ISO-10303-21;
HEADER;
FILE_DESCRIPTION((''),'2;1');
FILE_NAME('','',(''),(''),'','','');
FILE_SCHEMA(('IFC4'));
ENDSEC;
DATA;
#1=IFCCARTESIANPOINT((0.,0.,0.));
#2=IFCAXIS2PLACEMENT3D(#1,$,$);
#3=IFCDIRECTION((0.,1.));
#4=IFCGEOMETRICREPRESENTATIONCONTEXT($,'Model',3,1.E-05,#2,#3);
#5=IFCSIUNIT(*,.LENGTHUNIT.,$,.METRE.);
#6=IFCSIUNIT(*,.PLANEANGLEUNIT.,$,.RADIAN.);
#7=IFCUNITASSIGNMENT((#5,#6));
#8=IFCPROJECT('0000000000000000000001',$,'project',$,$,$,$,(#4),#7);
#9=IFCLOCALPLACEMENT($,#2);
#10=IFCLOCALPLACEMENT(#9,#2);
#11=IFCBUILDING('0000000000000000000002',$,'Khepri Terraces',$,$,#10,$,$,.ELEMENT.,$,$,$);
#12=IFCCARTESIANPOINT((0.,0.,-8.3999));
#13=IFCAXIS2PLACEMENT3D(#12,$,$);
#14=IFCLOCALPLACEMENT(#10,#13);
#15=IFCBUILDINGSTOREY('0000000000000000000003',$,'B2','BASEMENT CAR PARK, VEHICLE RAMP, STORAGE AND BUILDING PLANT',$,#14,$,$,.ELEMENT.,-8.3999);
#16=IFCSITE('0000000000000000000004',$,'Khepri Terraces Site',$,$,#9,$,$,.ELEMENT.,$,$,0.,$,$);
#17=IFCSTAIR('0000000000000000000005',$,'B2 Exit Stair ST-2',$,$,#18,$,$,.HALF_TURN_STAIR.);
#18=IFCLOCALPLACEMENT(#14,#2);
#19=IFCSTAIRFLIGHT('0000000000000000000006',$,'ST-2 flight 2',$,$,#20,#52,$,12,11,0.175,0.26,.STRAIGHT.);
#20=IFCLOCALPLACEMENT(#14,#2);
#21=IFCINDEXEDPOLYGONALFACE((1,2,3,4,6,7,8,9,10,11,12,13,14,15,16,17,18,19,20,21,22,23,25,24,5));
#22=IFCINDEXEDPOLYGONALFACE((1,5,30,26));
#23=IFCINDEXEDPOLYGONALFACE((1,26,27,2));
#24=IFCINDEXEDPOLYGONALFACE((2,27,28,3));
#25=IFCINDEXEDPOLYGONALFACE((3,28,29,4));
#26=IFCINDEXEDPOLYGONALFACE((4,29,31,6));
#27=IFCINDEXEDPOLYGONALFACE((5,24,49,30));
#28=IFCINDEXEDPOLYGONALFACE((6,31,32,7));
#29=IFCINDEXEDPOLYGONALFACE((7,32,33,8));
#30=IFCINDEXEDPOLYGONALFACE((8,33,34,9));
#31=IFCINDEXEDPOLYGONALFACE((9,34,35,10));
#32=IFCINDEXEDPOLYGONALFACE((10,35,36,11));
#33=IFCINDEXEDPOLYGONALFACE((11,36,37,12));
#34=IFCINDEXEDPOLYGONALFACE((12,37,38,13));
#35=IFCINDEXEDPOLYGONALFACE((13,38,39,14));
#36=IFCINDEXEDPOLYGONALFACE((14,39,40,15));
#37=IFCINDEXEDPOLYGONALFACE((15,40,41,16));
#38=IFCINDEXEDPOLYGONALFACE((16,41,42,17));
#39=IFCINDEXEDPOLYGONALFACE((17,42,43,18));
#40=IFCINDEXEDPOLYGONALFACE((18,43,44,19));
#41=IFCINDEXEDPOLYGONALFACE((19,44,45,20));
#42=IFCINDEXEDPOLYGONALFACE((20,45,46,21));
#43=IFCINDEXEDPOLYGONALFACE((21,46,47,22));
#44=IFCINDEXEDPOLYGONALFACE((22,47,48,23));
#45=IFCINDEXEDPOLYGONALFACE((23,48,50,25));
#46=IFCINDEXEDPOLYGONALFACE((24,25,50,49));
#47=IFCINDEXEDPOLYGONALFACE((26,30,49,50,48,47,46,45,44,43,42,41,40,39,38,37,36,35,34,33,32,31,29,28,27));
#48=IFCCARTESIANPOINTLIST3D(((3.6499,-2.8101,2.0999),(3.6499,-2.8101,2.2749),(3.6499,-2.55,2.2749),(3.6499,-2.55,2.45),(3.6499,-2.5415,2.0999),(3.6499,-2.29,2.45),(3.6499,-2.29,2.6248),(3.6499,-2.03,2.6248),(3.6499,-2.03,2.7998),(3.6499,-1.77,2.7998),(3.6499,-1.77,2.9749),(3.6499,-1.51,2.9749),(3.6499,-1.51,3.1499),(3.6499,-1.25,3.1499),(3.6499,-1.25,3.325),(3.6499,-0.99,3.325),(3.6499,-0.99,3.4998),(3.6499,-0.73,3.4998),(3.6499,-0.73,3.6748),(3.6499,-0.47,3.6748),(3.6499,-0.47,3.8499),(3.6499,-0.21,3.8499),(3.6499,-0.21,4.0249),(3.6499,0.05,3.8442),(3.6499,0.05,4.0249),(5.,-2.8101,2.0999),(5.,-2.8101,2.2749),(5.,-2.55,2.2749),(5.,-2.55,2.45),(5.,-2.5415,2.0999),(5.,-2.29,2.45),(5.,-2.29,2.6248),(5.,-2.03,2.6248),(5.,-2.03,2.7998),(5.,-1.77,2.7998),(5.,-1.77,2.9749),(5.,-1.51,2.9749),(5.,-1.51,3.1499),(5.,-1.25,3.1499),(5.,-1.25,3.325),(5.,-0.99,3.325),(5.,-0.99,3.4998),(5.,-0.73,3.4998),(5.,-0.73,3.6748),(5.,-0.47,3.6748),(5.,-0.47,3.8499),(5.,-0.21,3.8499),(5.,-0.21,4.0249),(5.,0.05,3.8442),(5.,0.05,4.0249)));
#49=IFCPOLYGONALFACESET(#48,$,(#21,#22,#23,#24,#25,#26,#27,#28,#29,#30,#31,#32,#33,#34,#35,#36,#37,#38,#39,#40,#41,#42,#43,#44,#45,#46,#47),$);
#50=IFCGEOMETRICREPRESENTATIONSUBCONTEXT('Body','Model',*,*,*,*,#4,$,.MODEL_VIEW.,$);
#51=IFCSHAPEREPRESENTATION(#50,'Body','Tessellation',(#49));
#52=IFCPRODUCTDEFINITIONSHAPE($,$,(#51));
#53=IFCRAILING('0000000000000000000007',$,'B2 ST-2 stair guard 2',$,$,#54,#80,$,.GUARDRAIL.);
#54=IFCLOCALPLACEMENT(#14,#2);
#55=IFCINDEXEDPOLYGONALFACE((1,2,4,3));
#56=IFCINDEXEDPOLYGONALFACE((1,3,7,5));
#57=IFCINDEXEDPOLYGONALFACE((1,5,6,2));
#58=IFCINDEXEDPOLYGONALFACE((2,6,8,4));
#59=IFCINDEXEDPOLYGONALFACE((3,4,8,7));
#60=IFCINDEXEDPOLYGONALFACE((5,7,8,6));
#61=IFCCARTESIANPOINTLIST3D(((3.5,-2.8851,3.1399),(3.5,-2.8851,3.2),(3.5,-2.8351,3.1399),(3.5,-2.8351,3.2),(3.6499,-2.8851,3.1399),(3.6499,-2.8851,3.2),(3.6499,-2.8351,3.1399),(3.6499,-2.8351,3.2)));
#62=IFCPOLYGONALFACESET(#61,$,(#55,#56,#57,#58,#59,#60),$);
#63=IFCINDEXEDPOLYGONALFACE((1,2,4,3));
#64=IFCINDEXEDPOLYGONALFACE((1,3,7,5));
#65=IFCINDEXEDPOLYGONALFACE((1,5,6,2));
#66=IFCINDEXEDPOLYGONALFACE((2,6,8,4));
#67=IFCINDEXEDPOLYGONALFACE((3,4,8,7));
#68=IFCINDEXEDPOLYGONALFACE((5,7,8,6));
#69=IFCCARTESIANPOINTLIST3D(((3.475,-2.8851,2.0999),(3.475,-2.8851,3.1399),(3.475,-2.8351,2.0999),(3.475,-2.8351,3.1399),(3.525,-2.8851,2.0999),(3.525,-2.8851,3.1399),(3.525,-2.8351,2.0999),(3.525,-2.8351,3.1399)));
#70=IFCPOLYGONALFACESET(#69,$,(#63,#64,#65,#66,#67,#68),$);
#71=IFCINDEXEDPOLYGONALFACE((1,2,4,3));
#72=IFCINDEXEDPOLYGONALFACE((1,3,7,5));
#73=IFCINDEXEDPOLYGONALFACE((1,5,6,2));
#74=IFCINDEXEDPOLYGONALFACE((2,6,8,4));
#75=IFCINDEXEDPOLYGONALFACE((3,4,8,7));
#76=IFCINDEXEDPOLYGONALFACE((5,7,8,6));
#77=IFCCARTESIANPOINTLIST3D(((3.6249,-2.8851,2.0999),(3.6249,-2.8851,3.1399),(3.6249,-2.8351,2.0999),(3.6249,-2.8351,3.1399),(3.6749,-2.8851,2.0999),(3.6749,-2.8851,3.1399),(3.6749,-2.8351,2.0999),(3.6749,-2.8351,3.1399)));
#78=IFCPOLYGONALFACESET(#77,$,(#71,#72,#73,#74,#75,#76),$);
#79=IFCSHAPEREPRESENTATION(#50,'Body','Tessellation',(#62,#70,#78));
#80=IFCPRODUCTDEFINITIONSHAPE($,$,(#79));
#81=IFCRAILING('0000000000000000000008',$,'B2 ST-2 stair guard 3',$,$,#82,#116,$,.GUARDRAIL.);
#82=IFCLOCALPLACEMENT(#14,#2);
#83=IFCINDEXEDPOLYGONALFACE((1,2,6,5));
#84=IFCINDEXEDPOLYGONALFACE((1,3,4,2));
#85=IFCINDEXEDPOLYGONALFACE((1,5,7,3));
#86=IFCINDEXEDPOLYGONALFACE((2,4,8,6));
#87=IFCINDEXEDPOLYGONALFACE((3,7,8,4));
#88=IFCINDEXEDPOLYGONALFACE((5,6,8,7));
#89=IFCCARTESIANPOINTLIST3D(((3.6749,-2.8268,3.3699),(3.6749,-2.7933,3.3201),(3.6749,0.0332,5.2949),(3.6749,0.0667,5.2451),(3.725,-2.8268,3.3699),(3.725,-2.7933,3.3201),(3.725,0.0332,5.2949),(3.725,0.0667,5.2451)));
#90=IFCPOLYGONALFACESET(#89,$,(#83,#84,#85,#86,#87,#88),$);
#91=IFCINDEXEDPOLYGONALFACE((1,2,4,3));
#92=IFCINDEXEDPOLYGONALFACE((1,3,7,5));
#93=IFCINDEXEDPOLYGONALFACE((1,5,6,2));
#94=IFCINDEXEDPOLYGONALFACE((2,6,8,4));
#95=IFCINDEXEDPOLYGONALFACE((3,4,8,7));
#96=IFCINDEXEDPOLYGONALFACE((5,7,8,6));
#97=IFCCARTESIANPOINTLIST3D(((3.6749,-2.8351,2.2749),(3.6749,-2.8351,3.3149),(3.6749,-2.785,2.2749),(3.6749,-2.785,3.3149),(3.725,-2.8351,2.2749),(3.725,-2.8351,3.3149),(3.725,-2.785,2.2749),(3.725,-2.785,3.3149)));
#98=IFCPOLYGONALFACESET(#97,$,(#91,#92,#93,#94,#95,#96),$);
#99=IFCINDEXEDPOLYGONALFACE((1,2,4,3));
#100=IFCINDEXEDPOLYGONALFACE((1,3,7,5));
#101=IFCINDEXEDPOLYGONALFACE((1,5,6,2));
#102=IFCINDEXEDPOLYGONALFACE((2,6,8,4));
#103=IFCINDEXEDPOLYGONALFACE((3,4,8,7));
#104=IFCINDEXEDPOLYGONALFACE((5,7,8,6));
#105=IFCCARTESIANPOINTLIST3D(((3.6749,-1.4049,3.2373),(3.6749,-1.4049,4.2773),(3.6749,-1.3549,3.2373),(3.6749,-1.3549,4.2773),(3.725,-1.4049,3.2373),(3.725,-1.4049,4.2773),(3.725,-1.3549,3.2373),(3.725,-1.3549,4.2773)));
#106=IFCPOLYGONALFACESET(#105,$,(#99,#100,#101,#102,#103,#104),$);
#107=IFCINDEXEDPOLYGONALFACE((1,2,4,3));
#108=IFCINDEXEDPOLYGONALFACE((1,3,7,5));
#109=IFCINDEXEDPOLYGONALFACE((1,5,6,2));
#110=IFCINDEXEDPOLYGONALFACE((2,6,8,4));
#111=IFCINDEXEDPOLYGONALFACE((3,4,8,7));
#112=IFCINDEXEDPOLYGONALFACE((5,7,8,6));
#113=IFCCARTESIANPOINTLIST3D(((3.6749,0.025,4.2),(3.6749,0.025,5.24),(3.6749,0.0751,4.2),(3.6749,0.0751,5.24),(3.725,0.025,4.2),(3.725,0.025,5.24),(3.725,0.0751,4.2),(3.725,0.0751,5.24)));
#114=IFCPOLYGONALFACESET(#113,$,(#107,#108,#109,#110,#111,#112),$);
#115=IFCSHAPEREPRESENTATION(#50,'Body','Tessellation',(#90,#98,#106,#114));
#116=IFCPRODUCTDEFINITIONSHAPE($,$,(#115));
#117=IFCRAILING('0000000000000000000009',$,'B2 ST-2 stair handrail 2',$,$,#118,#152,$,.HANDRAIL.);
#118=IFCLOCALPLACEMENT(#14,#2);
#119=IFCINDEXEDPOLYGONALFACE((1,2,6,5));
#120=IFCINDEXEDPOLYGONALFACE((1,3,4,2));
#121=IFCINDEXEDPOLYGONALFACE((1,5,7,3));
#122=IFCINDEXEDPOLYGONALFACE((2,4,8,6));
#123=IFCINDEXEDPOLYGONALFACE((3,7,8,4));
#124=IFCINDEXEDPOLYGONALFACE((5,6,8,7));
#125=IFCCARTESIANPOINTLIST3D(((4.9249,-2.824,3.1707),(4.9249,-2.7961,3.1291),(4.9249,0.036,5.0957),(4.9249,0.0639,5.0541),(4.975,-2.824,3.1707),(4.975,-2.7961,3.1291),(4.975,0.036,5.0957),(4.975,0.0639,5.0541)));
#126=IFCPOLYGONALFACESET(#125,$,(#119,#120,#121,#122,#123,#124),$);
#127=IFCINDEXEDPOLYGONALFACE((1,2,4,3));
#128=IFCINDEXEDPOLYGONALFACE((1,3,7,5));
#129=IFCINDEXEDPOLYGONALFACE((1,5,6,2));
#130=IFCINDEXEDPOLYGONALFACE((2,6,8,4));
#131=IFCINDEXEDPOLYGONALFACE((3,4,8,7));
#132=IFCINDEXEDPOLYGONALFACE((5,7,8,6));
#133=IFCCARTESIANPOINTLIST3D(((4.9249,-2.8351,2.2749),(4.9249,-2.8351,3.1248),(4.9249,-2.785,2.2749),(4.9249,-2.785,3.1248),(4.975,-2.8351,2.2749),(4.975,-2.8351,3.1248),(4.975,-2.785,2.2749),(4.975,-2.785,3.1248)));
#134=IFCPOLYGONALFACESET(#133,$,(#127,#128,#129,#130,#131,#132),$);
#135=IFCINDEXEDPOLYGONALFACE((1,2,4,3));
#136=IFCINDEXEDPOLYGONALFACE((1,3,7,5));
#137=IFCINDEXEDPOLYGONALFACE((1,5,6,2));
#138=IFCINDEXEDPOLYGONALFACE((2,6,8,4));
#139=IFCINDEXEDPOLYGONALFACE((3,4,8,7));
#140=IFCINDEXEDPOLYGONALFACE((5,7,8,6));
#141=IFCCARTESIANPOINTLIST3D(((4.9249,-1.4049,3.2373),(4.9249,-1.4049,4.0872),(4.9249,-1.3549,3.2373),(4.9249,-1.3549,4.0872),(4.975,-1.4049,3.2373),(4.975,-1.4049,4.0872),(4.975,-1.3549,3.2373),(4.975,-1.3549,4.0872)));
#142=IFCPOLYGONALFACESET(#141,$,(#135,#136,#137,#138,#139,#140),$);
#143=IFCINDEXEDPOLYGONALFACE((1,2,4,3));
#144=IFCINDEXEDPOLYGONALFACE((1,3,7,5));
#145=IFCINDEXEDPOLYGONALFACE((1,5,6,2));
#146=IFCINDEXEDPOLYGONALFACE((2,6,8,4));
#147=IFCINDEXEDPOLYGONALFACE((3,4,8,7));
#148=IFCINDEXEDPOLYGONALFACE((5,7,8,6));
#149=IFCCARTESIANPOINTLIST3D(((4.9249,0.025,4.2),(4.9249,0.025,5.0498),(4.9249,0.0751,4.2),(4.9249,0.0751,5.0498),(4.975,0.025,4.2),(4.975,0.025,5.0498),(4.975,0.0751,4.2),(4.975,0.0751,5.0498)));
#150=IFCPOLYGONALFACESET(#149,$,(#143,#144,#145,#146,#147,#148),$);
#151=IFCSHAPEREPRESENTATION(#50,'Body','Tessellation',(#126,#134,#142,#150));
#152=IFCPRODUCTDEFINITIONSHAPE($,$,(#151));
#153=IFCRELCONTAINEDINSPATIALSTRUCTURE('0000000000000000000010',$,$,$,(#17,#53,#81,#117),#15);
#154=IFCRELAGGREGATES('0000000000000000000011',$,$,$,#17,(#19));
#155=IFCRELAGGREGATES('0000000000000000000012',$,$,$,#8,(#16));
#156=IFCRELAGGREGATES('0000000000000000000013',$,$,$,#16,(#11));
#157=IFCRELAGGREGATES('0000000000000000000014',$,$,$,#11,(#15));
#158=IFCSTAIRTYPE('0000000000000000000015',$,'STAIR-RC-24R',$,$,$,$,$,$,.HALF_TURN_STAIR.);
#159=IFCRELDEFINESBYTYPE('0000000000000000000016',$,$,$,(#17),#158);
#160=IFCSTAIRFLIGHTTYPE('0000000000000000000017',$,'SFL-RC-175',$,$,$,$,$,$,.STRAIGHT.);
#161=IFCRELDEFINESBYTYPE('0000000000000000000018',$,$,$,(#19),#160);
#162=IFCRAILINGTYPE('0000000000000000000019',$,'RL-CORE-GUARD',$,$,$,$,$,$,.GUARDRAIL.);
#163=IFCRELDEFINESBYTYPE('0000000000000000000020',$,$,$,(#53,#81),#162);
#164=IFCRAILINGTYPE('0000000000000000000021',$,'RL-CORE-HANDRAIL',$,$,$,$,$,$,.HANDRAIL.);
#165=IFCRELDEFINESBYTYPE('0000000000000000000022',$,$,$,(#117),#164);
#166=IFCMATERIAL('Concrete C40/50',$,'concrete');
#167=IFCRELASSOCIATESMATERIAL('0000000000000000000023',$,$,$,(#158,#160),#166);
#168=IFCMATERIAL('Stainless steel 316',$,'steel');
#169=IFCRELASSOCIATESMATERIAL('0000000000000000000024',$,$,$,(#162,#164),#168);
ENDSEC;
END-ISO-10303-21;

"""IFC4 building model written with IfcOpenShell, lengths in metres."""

from ifc_helpers import new_model, si_unit, direction, frame, origin, origin_2d, place, context, subcontext, project, spatial, polyline, rectangle, outline, extrude, material, type_object, element, aggregate, save


model = new_model("IFC4")

# Units and contexts
model_context = context("Model", 3, precision=1e-05, world=origin(), true_north=direction((0.0, 1.0)))
body_context = subcontext(model_context, "Body", "Model", "MODEL_VIEW")
ifc_project = project(units=[si_unit("LENGTHUNIT", "METRE"), si_unit("PLANEANGLEUNIT", "RADIAN")], contexts=[model_context])

# Site, building, storey
site_placement = place(None, origin())
site = spatial("IfcSite", under=ifc_project, at=site_placement, Name="Khepri Terraces Site", CompositionType="ELEMENT", RefElevation=0.0)
building_placement = place(site_placement, origin())
building = spatial("IfcBuilding", under=site, at=building_placement, Name="Khepri Terraces", CompositionType="ELEMENT")
storey_placement = place(building_placement, frame((0.0, 0.0, -8.3999)))
storey = spatial("IfcBuildingStorey", under=building, at=storey_placement, Name="B2", Description="BASEMENT CAR PARK, VEHICLE RAMP, STORAGE AND BUILDING PLANT", CompositionType="ELEMENT", Elevation=-8.3999)

# Shared definitions
ifc_material_1 = material(Name="Concrete C40/50", Category="concrete")

# Stair
stair_type_1 = type_object("IfcStairType", Name="STAIR-RC-24R", PredefinedType="HALF_TURN_STAIR", material=ifc_material_1)
stair_1_placement = place(storey_placement, origin())
stair_1 = element("IfcStair", 1, at=stair_1_placement, inside=storey, type_object=stair_type_1, Name="B2 Exit Stair ST-2", PredefinedType="HALF_TURN_STAIR")

# Stair flight
stair_flight_type = type_object("IfcStairFlightType", Name="SFL-RC-175", PredefinedType="STRAIGHT", material=ifc_material_1)
stair_flight_placement = place(storey_placement, frame((4.325, -2.8101, 2.0999), z_axis=(0.0, 0.0, 1.0), x_axis=(0.0, 1.0, 0.0)))
stair_flight = element("IfcStairFlight", 2, at=stair_flight_placement, type_object=stair_flight_type, Name="ST-2 flight 2", NumberOfRisers=12, NumberOfTreads=11, PredefinedType="STRAIGHT", RiserHeight=0.175, TreadLength=0.26, context=body_context, shape_type="SweptSolid", body=[
    extrude(outline(polyline([(0.0, 0.0), (0.0, 0.175), (0.26, 0.175), (0.26, 0.3501), (0.52, 0.3501), (0.52, 0.5249), (0.78, 0.5249), (0.78, 0.7), (1.04, 0.7), (1.04, 0.875), (1.3, 0.875), (1.3, 1.05), (1.5601, 1.05), (1.5601, 1.2251), (1.8201, 1.2251), (1.8201, 1.3999), (2.0801, 1.3999), (2.0801, 1.575), (2.3401, 1.575), (2.3401, 1.75), (2.6001, 1.75), (2.6001, 1.925), (2.8601, 1.925), (2.8601, 2.1001), (2.8601, 1.7444), (0.2686, 0.0), (0.0, 0.0)])), frame((0.0, 0.675, 0.0), z_axis=(0.0, -1.0, 0.0), x_axis=(1.0, 0.0, 0.0)), (0.0, 0.0, 1.0), 1.3501),
])
aggregate(stair_1, [stair_flight])

# Railings
ifc_material_2 = material(Name="Stainless steel 316", Category="steel")
railing_type_1 = type_object("IfcRailingType", Name="RL-CORE-GUARD", PredefinedType="GUARDRAIL", material=ifc_material_2)
railing_1_placement = place(storey_placement, frame((3.5, -2.8601, 2.0999)))
element("IfcRailing", 3, at=railing_1_placement, inside=storey, type_object=railing_type_1, Name="B2 ST-2 stair guard 2", PredefinedType="GUARDRAIL", context=body_context, shape_type="SweptSolid", body=[
    extrude(rectangle(XDim=0.05, YDim=0.0601, at=origin_2d()), frame((0.0, 0.0, 1.0701), z_axis=(1.0, 0.0, 0.0), x_axis=(0.0, 1.0, 0.0)), (0.0, 0.0, 1.0), 0.1499),
    extrude(rectangle(XDim=0.05, YDim=0.05, at=origin_2d()), origin(), (0.0, 0.0, 1.0), 1.04),
    extrude(rectangle(XDim=0.05, YDim=0.05, at=origin_2d()), frame((0.1499, 0.0, 0.0)), (0.0, 0.0, 1.0), 1.04),
])
railing_2_placement = place(storey_placement, frame((3.7, -2.8101, 2.2749)))
element("IfcRailing", 4, at=railing_2_placement, inside=storey, type_object=railing_type_1, Name="B2 ST-2 stair guard 3", PredefinedType="GUARDRAIL", context=body_context, shape_type="SweptSolid", body=[
    extrude(rectangle(XDim=0.05, YDim=0.0601, at=origin_2d()), frame((0.0, 0.0, 1.0701), z_axis=(0.0, 0.829591, 0.558372), x_axis=(-1.0, 0.0, 0.0)), (0.0, 0.0, 1.0), 3.4475),
    extrude(rectangle(XDim=0.05, YDim=0.05, at=origin_2d()), origin(), (0.0, 0.0, 1.0), 1.04),
    extrude(rectangle(XDim=0.05, YDim=0.05, at=origin_2d()), frame((0.0, 1.4302, 0.9624)), (0.0, 0.0, 1.0), 1.04),
    extrude(rectangle(XDim=0.05, YDim=0.05, at=origin_2d()), frame((0.0, 2.8601, 1.925)), (0.0, 0.0, 1.0), 1.04),
])
railing_type_2 = type_object("IfcRailingType", Name="RL-CORE-HANDRAIL", PredefinedType="HANDRAIL", material=ifc_material_2)
railing_3_placement = place(storey_placement, frame((4.95, -2.8101, 2.2749)))
element("IfcRailing", 5, at=railing_3_placement, inside=storey, type_object=railing_type_2, Name="B2 ST-2 stair handrail 2", PredefinedType="HANDRAIL", context=body_context, shape_type="SweptSolid", body=[
    extrude(rectangle(XDim=0.05, YDim=0.05, at=origin_2d()), frame((0.0, 0.0, 0.875), z_axis=(0.0, 0.829591, 0.558372), x_axis=(-1.0, 0.0, 0.0)), (0.0, 0.0, 1.0), 3.4475),
    extrude(rectangle(XDim=0.05, YDim=0.05, at=origin_2d()), origin(), (0.0, 0.0, 1.0), 0.8499),
    extrude(rectangle(XDim=0.05, YDim=0.05, at=origin_2d()), frame((0.0, 1.4302, 0.9624)), (0.0, 0.0, 1.0), 0.8499),
    extrude(rectangle(XDim=0.05, YDim=0.05, at=origin_2d()), frame((0.0, 2.8601, 1.925)), (0.0, 0.0, 1.0), 0.8499),
])

save(model, "model.ifc")
